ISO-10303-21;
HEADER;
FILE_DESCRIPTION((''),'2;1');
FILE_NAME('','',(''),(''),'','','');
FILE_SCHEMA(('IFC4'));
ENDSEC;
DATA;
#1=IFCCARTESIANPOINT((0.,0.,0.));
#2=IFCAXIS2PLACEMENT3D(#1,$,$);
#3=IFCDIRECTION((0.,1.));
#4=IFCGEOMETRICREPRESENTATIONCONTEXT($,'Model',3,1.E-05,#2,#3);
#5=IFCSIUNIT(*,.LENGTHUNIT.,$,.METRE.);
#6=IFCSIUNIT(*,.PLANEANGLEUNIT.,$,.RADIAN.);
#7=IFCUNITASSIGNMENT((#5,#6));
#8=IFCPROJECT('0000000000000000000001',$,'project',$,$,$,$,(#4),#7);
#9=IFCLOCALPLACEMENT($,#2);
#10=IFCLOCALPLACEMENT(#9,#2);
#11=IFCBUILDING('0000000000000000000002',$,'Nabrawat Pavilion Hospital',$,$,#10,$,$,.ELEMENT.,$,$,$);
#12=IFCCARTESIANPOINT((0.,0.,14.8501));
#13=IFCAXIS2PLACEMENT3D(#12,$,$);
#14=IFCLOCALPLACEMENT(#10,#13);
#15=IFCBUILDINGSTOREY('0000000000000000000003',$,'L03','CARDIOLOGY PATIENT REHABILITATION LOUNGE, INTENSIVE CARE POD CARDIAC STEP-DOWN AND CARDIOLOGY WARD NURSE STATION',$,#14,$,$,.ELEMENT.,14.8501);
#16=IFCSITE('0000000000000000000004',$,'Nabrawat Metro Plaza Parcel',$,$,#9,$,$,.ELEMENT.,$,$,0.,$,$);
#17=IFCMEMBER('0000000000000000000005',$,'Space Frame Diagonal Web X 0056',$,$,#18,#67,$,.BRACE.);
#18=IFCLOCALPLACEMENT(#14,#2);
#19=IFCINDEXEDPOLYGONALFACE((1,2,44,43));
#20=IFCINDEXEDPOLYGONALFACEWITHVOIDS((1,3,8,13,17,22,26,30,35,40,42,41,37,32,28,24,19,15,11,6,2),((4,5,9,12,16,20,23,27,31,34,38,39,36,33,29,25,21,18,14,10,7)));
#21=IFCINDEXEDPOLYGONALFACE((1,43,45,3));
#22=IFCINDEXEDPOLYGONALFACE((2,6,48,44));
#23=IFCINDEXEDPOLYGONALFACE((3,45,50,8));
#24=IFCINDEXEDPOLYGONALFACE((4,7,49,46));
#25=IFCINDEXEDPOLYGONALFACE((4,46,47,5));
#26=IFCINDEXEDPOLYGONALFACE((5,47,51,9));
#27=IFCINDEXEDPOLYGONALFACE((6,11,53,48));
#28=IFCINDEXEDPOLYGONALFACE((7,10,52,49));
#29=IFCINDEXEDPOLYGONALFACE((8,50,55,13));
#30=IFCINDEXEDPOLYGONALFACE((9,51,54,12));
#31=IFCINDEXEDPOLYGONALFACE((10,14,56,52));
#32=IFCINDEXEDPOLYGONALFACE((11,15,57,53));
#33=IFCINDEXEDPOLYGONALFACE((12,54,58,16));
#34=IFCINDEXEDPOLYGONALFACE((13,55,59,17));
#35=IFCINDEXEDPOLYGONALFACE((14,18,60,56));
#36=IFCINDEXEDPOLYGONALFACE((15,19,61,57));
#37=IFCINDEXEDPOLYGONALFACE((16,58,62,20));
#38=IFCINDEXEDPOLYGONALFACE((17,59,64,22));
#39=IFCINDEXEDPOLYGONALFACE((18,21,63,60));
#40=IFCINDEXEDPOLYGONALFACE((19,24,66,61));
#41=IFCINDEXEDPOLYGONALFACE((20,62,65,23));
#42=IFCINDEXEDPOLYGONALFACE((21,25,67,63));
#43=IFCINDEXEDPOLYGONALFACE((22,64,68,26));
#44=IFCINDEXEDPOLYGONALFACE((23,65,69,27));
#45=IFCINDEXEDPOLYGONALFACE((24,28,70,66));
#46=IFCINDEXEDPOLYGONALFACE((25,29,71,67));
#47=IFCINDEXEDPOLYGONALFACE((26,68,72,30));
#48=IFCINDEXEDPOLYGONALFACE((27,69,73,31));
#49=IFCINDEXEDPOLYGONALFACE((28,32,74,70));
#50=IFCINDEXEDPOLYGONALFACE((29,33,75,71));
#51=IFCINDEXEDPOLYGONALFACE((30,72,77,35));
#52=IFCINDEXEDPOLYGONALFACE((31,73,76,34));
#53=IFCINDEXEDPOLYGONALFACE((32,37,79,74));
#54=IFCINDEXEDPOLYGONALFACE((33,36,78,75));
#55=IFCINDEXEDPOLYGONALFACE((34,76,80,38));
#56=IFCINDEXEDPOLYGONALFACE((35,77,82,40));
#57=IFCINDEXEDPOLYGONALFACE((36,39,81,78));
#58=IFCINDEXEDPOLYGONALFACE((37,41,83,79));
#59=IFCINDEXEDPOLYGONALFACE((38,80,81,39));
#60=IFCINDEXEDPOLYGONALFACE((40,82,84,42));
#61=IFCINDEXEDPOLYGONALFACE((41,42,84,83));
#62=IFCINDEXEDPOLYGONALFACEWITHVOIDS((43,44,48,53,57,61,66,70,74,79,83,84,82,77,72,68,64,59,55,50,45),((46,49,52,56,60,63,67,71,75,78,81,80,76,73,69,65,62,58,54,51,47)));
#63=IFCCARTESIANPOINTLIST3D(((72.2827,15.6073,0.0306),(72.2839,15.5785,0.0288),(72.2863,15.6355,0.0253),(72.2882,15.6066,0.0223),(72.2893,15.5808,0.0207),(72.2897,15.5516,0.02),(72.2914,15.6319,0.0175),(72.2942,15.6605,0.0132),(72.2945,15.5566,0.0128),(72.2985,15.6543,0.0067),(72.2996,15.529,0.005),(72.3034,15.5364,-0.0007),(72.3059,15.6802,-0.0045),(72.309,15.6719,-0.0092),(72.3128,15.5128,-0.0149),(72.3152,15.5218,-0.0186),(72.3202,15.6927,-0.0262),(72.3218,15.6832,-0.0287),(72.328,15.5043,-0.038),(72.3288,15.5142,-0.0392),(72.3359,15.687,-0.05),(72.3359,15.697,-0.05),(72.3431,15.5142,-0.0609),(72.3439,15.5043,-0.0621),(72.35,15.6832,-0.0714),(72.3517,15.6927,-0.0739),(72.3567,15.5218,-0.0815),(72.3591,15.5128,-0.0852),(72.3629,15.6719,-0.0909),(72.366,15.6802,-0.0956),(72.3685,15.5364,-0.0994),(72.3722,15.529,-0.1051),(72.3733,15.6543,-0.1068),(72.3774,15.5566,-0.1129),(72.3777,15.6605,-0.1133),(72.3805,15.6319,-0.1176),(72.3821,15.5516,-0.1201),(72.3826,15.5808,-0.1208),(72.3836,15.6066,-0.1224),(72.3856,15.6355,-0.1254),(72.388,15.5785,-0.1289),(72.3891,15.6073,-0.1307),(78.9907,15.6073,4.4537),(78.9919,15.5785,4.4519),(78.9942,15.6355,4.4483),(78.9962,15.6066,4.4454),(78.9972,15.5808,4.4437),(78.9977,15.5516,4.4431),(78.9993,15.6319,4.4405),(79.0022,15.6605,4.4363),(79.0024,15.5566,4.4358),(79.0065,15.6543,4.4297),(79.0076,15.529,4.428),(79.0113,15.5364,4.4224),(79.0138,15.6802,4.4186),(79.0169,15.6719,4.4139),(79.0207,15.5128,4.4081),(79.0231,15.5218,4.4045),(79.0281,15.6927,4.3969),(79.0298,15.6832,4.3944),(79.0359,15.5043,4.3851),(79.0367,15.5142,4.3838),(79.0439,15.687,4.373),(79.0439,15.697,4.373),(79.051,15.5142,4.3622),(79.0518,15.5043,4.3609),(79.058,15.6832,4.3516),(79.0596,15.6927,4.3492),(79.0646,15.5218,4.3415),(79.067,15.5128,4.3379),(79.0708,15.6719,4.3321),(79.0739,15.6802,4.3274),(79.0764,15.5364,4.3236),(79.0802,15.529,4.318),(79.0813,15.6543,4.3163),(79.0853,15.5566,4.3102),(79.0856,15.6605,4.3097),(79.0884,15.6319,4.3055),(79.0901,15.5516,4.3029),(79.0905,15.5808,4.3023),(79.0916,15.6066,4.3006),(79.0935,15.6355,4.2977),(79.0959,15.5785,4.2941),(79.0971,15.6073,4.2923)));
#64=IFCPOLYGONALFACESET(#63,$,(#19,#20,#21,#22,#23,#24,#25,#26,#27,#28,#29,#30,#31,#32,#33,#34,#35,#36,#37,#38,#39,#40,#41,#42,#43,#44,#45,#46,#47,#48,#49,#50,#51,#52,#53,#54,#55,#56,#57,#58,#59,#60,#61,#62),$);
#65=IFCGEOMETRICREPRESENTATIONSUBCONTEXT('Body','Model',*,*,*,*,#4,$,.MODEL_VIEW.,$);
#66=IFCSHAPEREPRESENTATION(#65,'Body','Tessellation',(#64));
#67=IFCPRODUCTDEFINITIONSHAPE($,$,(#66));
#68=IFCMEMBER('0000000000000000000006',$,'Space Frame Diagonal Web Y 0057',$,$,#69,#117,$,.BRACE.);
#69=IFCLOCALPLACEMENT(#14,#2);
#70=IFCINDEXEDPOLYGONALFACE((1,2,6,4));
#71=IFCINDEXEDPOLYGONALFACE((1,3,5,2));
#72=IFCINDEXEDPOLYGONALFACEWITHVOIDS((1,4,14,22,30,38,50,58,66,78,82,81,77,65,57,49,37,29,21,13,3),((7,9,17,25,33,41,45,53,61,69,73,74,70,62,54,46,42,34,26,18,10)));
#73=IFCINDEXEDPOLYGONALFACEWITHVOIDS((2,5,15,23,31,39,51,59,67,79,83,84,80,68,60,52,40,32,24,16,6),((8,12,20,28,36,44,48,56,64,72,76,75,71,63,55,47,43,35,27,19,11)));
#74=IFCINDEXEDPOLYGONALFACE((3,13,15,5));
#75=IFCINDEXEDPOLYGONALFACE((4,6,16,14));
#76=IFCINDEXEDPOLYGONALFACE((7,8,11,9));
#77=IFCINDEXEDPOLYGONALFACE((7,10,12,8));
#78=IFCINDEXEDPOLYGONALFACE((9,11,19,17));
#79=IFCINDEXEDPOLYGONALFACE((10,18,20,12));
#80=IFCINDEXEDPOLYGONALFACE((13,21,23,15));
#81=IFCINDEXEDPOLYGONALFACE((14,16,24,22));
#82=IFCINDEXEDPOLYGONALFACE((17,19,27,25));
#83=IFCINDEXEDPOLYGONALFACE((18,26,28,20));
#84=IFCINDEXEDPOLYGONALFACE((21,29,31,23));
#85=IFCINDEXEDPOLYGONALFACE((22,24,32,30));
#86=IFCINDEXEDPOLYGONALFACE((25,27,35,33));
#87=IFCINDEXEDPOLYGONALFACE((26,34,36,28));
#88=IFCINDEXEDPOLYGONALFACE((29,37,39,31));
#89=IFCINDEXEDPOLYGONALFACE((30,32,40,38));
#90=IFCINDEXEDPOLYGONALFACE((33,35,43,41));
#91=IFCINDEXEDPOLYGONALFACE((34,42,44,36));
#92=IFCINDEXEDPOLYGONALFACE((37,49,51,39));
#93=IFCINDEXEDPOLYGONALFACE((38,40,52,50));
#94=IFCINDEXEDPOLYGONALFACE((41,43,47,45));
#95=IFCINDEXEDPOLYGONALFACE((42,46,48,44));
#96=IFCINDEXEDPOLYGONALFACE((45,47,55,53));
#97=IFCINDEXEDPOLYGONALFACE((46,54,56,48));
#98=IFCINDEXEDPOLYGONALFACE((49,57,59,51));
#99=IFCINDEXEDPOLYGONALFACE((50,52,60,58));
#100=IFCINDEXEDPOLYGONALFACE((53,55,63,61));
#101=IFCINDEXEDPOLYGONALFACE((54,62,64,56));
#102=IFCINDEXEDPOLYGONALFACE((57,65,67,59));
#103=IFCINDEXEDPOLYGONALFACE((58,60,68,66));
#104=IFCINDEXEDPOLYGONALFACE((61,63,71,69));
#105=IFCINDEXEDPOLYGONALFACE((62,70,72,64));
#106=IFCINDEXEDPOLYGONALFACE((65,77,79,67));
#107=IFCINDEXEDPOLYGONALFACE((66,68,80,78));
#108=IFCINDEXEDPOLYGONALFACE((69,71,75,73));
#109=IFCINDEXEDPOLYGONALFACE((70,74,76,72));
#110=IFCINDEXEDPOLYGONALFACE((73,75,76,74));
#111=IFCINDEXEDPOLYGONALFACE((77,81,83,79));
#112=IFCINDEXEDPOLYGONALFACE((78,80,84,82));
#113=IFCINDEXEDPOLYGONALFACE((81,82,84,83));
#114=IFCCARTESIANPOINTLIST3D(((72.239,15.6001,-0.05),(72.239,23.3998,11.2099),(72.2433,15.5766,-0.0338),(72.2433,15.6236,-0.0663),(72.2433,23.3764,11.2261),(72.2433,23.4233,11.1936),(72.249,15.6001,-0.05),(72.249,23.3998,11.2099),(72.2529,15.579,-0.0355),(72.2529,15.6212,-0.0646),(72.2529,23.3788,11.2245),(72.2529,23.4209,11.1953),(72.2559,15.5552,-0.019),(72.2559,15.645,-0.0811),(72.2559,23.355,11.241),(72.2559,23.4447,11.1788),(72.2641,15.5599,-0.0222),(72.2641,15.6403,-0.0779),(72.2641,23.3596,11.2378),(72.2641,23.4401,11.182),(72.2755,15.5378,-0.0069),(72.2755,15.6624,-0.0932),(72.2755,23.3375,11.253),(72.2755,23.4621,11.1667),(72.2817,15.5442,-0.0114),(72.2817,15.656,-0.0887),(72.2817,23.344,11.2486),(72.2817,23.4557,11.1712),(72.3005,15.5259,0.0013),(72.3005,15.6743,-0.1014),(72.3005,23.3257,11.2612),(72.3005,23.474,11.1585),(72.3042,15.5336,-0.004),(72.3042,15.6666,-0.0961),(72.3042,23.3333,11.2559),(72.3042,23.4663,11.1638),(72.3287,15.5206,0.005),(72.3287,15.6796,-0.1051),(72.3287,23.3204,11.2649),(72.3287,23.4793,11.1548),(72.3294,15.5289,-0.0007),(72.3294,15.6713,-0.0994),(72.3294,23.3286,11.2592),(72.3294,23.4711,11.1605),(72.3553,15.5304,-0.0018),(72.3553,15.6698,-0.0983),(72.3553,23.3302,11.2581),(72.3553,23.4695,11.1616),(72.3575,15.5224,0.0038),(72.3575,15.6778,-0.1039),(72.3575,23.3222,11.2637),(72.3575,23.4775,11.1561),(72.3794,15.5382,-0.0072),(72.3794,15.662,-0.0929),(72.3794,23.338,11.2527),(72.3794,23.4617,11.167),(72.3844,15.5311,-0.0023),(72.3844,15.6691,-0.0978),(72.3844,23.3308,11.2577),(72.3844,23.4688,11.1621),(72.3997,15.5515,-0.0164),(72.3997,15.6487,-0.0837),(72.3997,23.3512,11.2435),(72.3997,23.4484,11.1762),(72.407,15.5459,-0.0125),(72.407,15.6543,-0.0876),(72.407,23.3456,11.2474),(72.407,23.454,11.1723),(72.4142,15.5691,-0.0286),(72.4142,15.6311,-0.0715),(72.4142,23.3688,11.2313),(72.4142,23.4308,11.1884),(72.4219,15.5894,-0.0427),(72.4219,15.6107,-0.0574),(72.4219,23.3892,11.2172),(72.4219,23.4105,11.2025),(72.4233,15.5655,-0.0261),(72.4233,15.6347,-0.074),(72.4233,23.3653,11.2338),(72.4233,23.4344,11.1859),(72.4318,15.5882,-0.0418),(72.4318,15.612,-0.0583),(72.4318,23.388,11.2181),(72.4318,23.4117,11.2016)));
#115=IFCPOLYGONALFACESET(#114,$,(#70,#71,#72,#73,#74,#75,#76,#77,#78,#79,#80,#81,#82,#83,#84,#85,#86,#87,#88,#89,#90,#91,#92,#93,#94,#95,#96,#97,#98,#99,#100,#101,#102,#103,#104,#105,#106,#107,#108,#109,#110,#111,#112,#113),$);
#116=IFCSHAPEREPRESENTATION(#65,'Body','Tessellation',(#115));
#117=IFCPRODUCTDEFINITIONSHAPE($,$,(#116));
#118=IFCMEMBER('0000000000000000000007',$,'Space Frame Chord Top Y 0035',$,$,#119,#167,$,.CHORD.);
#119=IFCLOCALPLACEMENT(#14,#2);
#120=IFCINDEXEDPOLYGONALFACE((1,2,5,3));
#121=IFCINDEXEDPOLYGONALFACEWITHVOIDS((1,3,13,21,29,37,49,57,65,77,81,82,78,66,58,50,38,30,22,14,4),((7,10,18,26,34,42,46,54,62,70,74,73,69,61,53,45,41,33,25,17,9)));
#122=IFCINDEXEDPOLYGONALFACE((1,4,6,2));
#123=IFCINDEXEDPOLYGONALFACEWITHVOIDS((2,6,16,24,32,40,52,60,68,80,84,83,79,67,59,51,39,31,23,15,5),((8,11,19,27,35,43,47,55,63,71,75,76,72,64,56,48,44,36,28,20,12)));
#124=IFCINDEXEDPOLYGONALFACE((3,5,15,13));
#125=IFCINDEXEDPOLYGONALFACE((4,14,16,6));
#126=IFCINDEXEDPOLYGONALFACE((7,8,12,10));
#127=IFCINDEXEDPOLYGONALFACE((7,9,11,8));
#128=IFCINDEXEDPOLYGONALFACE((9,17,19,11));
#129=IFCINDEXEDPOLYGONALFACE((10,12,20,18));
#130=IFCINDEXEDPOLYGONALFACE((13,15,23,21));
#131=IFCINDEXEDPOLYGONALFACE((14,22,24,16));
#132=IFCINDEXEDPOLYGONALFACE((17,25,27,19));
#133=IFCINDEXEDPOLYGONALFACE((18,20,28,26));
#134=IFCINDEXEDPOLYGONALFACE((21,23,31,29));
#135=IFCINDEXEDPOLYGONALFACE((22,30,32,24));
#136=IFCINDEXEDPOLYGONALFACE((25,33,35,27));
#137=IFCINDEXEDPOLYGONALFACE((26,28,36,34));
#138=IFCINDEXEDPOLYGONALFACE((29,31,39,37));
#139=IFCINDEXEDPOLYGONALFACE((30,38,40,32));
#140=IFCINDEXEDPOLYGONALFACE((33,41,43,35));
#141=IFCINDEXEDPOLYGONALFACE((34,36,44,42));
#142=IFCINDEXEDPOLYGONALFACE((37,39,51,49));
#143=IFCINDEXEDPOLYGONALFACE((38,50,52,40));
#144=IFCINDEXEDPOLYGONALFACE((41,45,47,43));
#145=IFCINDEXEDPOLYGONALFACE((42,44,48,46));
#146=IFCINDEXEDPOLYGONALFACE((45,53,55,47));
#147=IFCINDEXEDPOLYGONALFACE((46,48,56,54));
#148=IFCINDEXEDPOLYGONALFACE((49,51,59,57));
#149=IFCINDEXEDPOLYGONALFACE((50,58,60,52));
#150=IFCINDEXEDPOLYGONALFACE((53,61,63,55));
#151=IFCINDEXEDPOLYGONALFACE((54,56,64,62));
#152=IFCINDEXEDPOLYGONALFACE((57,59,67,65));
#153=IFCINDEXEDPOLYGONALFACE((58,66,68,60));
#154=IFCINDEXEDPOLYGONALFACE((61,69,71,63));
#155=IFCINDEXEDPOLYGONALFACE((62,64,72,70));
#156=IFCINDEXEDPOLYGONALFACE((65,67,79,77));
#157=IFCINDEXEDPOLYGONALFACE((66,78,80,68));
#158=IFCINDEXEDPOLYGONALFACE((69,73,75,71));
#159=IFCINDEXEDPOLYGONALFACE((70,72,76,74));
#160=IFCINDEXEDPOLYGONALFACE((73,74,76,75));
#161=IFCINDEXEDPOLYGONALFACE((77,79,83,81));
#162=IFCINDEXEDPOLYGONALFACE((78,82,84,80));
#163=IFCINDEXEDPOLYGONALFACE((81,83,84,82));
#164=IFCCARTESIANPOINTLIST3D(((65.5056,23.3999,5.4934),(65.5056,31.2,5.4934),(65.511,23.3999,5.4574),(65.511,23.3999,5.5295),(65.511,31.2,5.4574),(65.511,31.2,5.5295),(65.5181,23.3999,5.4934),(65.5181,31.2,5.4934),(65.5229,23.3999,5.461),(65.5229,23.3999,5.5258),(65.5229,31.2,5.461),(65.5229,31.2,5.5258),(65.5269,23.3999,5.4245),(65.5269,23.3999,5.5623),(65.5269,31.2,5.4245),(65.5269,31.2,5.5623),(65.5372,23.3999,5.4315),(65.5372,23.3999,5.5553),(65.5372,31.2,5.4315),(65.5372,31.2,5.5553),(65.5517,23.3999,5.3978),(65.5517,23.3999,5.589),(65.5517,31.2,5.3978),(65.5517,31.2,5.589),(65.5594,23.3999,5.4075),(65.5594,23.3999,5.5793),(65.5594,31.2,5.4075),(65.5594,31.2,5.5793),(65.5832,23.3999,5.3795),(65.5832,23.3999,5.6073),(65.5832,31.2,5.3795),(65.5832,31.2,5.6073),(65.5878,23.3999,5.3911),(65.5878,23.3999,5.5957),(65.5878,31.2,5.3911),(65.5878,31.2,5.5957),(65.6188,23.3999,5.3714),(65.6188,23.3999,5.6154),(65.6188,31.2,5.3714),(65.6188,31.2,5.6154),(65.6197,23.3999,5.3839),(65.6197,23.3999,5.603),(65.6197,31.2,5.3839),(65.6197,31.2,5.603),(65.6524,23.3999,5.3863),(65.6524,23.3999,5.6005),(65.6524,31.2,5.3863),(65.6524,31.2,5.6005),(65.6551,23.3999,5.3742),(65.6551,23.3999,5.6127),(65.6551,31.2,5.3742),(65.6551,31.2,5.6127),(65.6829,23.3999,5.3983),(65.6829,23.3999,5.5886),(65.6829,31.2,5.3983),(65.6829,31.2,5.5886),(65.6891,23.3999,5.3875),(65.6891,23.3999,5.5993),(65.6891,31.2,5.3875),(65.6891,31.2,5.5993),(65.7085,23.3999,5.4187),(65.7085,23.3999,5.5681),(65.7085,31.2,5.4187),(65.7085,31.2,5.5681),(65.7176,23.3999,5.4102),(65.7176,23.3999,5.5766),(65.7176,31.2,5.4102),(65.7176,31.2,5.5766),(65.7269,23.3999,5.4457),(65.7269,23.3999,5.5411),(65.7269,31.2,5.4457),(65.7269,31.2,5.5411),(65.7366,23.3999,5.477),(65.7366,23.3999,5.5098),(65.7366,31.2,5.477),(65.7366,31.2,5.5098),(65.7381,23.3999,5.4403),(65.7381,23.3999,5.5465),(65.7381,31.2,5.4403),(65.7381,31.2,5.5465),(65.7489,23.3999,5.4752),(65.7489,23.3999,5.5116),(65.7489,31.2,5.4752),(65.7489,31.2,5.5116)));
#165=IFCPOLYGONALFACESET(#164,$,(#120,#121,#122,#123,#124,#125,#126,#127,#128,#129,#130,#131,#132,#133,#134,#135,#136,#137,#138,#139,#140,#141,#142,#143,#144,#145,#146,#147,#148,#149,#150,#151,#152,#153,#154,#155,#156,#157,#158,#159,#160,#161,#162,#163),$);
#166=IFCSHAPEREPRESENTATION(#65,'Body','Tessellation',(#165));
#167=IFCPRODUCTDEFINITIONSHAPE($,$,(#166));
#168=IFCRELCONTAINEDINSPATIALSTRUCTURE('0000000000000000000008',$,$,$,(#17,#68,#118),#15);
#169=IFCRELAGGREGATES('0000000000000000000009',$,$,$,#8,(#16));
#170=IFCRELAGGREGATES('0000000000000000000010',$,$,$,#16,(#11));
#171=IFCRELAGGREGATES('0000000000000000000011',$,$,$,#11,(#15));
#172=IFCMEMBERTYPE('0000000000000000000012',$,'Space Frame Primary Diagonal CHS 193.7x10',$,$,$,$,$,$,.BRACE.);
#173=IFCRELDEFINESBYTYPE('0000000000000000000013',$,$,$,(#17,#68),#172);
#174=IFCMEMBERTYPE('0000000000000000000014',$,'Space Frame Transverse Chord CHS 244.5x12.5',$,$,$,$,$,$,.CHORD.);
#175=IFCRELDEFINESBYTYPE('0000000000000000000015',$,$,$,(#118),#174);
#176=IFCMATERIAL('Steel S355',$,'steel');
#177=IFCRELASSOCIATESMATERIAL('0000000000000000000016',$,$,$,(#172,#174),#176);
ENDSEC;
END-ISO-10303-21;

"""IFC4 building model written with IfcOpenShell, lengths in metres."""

from ifc_helpers import new_model, si_unit, direction, frame, origin, origin_2d, place, context, subcontext, project, spatial, hollow_circle, extrude, material, material_profile, profile_set, type_object, element, save


model = new_model("IFC4")

# Units and contexts
model_context = context("Model", 3, precision=1e-05, world=origin(), true_north=direction((0.0, 1.0)))
body_context = subcontext(model_context, "Body", "Model", "MODEL_VIEW")
ifc_project = project(units=[si_unit("LENGTHUNIT", "METRE"), si_unit("PLANEANGLEUNIT", "RADIAN")], contexts=[model_context])

# Site, building, storey
site_placement = place(None, origin())
site = spatial("IfcSite", under=ifc_project, at=site_placement, Name="Nabrawat Metro Plaza Parcel", CompositionType="ELEMENT", RefElevation=0.0)
building_placement = place(site_placement, origin())
building = spatial("IfcBuilding", under=site, at=building_placement, Name="Nabrawat Pavilion Hospital", CompositionType="ELEMENT")
storey_placement = place(building_placement, frame((0.0, 0.0, 14.8501)))
storey = spatial("IfcBuildingStorey", under=building, at=storey_placement, Name="L03", Description="CARDIOLOGY PATIENT REHABILITATION LOUNGE, INTENSIVE CARE POD CARDIAC STEP-DOWN AND CARDIOLOGY WARD NURSE STATION", CompositionType="ELEMENT", Elevation=14.8501)

# Shared definitions
ifc_material = material(Name="Steel S355", Category="steel")

# Members
ifc_material_profile_1 = material_profile(ifc_material, hollow_circle(Radius=0.0969, WallThickness=0.01, at=origin_2d()), Name="CHS 193.7x10")
ifc_profile_set_1 = profile_set([ifc_material_profile_1], Name="Steel S355")
member_type_1 = type_object("IfcMemberType", Name="Space Frame Primary Diagonal CHS 193.7x10", PredefinedType="BRACE", material=ifc_profile_set_1)
member_1_placement = place(storey_placement, frame((72.3359, 15.6001, -0.05), z_axis=(0.834849, 0.0, 0.550479), x_axis=(0.0, 1.0, 0.0)))
element("IfcMember", 1, at=member_1_placement, inside=storey, type_object=member_type_1, Name="Space Frame Diagonal Web X 0056", PredefinedType="BRACE", context=body_context, shape_type="SweptSolid", body=[
    extrude(hollow_circle(Radius=0.0969, WallThickness=0.01, at=origin_2d()), origin(), (0.0, 0.0, 1.0), 8.0349),
])
member_2_placement = place(storey_placement, frame((72.3359, 15.6001, -0.05), z_axis=(0.0, 0.569428, 0.822041), x_axis=(-1.0, 0.0, 0.0)))
element("IfcMember", 2, at=member_2_placement, inside=storey, type_object=member_type_1, Name="Space Frame Diagonal Web Y 0057", PredefinedType="BRACE", context=body_context, shape_type="SweptSolid", body=[
    extrude(hollow_circle(Radius=0.0969, WallThickness=0.01, at=origin_2d()), origin(), (0.0, 0.0, 1.0), 13.6975),
])
ifc_material_profile_2 = material_profile(ifc_material, hollow_circle(Radius=0.1223, WallThickness=0.0125, at=origin_2d()), Name="CHS 244.5x12.5")
ifc_profile_set_2 = profile_set([ifc_material_profile_2], Name="Steel S355")
member_type_2 = type_object("IfcMemberType", Name="Space Frame Transverse Chord CHS 244.5x12.5", PredefinedType="CHORD", material=ifc_profile_set_2)
for number, where, z_axis, x_axis, name in (
    (3, (65.6279, 23.3999, 5.4934), (0.0, 1.0, 0.0), (-1.0, 0.0, 0.0), "Space Frame Chord Top Y 0035"),
):
    element("IfcMember", number, at=place(storey_placement, frame(where, z_axis=z_axis, x_axis=x_axis)), inside=storey, type_object=member_type_2, Name=name, PredefinedType="CHORD", context=body_context, shape_type="SweptSolid", body=[
        extrude(hollow_circle(Radius=0.1223, WallThickness=0.0125, at=origin_2d()), origin(), (0.0, 0.0, 1.0), 7.8),
    ])

save(model, "model.ifc")
